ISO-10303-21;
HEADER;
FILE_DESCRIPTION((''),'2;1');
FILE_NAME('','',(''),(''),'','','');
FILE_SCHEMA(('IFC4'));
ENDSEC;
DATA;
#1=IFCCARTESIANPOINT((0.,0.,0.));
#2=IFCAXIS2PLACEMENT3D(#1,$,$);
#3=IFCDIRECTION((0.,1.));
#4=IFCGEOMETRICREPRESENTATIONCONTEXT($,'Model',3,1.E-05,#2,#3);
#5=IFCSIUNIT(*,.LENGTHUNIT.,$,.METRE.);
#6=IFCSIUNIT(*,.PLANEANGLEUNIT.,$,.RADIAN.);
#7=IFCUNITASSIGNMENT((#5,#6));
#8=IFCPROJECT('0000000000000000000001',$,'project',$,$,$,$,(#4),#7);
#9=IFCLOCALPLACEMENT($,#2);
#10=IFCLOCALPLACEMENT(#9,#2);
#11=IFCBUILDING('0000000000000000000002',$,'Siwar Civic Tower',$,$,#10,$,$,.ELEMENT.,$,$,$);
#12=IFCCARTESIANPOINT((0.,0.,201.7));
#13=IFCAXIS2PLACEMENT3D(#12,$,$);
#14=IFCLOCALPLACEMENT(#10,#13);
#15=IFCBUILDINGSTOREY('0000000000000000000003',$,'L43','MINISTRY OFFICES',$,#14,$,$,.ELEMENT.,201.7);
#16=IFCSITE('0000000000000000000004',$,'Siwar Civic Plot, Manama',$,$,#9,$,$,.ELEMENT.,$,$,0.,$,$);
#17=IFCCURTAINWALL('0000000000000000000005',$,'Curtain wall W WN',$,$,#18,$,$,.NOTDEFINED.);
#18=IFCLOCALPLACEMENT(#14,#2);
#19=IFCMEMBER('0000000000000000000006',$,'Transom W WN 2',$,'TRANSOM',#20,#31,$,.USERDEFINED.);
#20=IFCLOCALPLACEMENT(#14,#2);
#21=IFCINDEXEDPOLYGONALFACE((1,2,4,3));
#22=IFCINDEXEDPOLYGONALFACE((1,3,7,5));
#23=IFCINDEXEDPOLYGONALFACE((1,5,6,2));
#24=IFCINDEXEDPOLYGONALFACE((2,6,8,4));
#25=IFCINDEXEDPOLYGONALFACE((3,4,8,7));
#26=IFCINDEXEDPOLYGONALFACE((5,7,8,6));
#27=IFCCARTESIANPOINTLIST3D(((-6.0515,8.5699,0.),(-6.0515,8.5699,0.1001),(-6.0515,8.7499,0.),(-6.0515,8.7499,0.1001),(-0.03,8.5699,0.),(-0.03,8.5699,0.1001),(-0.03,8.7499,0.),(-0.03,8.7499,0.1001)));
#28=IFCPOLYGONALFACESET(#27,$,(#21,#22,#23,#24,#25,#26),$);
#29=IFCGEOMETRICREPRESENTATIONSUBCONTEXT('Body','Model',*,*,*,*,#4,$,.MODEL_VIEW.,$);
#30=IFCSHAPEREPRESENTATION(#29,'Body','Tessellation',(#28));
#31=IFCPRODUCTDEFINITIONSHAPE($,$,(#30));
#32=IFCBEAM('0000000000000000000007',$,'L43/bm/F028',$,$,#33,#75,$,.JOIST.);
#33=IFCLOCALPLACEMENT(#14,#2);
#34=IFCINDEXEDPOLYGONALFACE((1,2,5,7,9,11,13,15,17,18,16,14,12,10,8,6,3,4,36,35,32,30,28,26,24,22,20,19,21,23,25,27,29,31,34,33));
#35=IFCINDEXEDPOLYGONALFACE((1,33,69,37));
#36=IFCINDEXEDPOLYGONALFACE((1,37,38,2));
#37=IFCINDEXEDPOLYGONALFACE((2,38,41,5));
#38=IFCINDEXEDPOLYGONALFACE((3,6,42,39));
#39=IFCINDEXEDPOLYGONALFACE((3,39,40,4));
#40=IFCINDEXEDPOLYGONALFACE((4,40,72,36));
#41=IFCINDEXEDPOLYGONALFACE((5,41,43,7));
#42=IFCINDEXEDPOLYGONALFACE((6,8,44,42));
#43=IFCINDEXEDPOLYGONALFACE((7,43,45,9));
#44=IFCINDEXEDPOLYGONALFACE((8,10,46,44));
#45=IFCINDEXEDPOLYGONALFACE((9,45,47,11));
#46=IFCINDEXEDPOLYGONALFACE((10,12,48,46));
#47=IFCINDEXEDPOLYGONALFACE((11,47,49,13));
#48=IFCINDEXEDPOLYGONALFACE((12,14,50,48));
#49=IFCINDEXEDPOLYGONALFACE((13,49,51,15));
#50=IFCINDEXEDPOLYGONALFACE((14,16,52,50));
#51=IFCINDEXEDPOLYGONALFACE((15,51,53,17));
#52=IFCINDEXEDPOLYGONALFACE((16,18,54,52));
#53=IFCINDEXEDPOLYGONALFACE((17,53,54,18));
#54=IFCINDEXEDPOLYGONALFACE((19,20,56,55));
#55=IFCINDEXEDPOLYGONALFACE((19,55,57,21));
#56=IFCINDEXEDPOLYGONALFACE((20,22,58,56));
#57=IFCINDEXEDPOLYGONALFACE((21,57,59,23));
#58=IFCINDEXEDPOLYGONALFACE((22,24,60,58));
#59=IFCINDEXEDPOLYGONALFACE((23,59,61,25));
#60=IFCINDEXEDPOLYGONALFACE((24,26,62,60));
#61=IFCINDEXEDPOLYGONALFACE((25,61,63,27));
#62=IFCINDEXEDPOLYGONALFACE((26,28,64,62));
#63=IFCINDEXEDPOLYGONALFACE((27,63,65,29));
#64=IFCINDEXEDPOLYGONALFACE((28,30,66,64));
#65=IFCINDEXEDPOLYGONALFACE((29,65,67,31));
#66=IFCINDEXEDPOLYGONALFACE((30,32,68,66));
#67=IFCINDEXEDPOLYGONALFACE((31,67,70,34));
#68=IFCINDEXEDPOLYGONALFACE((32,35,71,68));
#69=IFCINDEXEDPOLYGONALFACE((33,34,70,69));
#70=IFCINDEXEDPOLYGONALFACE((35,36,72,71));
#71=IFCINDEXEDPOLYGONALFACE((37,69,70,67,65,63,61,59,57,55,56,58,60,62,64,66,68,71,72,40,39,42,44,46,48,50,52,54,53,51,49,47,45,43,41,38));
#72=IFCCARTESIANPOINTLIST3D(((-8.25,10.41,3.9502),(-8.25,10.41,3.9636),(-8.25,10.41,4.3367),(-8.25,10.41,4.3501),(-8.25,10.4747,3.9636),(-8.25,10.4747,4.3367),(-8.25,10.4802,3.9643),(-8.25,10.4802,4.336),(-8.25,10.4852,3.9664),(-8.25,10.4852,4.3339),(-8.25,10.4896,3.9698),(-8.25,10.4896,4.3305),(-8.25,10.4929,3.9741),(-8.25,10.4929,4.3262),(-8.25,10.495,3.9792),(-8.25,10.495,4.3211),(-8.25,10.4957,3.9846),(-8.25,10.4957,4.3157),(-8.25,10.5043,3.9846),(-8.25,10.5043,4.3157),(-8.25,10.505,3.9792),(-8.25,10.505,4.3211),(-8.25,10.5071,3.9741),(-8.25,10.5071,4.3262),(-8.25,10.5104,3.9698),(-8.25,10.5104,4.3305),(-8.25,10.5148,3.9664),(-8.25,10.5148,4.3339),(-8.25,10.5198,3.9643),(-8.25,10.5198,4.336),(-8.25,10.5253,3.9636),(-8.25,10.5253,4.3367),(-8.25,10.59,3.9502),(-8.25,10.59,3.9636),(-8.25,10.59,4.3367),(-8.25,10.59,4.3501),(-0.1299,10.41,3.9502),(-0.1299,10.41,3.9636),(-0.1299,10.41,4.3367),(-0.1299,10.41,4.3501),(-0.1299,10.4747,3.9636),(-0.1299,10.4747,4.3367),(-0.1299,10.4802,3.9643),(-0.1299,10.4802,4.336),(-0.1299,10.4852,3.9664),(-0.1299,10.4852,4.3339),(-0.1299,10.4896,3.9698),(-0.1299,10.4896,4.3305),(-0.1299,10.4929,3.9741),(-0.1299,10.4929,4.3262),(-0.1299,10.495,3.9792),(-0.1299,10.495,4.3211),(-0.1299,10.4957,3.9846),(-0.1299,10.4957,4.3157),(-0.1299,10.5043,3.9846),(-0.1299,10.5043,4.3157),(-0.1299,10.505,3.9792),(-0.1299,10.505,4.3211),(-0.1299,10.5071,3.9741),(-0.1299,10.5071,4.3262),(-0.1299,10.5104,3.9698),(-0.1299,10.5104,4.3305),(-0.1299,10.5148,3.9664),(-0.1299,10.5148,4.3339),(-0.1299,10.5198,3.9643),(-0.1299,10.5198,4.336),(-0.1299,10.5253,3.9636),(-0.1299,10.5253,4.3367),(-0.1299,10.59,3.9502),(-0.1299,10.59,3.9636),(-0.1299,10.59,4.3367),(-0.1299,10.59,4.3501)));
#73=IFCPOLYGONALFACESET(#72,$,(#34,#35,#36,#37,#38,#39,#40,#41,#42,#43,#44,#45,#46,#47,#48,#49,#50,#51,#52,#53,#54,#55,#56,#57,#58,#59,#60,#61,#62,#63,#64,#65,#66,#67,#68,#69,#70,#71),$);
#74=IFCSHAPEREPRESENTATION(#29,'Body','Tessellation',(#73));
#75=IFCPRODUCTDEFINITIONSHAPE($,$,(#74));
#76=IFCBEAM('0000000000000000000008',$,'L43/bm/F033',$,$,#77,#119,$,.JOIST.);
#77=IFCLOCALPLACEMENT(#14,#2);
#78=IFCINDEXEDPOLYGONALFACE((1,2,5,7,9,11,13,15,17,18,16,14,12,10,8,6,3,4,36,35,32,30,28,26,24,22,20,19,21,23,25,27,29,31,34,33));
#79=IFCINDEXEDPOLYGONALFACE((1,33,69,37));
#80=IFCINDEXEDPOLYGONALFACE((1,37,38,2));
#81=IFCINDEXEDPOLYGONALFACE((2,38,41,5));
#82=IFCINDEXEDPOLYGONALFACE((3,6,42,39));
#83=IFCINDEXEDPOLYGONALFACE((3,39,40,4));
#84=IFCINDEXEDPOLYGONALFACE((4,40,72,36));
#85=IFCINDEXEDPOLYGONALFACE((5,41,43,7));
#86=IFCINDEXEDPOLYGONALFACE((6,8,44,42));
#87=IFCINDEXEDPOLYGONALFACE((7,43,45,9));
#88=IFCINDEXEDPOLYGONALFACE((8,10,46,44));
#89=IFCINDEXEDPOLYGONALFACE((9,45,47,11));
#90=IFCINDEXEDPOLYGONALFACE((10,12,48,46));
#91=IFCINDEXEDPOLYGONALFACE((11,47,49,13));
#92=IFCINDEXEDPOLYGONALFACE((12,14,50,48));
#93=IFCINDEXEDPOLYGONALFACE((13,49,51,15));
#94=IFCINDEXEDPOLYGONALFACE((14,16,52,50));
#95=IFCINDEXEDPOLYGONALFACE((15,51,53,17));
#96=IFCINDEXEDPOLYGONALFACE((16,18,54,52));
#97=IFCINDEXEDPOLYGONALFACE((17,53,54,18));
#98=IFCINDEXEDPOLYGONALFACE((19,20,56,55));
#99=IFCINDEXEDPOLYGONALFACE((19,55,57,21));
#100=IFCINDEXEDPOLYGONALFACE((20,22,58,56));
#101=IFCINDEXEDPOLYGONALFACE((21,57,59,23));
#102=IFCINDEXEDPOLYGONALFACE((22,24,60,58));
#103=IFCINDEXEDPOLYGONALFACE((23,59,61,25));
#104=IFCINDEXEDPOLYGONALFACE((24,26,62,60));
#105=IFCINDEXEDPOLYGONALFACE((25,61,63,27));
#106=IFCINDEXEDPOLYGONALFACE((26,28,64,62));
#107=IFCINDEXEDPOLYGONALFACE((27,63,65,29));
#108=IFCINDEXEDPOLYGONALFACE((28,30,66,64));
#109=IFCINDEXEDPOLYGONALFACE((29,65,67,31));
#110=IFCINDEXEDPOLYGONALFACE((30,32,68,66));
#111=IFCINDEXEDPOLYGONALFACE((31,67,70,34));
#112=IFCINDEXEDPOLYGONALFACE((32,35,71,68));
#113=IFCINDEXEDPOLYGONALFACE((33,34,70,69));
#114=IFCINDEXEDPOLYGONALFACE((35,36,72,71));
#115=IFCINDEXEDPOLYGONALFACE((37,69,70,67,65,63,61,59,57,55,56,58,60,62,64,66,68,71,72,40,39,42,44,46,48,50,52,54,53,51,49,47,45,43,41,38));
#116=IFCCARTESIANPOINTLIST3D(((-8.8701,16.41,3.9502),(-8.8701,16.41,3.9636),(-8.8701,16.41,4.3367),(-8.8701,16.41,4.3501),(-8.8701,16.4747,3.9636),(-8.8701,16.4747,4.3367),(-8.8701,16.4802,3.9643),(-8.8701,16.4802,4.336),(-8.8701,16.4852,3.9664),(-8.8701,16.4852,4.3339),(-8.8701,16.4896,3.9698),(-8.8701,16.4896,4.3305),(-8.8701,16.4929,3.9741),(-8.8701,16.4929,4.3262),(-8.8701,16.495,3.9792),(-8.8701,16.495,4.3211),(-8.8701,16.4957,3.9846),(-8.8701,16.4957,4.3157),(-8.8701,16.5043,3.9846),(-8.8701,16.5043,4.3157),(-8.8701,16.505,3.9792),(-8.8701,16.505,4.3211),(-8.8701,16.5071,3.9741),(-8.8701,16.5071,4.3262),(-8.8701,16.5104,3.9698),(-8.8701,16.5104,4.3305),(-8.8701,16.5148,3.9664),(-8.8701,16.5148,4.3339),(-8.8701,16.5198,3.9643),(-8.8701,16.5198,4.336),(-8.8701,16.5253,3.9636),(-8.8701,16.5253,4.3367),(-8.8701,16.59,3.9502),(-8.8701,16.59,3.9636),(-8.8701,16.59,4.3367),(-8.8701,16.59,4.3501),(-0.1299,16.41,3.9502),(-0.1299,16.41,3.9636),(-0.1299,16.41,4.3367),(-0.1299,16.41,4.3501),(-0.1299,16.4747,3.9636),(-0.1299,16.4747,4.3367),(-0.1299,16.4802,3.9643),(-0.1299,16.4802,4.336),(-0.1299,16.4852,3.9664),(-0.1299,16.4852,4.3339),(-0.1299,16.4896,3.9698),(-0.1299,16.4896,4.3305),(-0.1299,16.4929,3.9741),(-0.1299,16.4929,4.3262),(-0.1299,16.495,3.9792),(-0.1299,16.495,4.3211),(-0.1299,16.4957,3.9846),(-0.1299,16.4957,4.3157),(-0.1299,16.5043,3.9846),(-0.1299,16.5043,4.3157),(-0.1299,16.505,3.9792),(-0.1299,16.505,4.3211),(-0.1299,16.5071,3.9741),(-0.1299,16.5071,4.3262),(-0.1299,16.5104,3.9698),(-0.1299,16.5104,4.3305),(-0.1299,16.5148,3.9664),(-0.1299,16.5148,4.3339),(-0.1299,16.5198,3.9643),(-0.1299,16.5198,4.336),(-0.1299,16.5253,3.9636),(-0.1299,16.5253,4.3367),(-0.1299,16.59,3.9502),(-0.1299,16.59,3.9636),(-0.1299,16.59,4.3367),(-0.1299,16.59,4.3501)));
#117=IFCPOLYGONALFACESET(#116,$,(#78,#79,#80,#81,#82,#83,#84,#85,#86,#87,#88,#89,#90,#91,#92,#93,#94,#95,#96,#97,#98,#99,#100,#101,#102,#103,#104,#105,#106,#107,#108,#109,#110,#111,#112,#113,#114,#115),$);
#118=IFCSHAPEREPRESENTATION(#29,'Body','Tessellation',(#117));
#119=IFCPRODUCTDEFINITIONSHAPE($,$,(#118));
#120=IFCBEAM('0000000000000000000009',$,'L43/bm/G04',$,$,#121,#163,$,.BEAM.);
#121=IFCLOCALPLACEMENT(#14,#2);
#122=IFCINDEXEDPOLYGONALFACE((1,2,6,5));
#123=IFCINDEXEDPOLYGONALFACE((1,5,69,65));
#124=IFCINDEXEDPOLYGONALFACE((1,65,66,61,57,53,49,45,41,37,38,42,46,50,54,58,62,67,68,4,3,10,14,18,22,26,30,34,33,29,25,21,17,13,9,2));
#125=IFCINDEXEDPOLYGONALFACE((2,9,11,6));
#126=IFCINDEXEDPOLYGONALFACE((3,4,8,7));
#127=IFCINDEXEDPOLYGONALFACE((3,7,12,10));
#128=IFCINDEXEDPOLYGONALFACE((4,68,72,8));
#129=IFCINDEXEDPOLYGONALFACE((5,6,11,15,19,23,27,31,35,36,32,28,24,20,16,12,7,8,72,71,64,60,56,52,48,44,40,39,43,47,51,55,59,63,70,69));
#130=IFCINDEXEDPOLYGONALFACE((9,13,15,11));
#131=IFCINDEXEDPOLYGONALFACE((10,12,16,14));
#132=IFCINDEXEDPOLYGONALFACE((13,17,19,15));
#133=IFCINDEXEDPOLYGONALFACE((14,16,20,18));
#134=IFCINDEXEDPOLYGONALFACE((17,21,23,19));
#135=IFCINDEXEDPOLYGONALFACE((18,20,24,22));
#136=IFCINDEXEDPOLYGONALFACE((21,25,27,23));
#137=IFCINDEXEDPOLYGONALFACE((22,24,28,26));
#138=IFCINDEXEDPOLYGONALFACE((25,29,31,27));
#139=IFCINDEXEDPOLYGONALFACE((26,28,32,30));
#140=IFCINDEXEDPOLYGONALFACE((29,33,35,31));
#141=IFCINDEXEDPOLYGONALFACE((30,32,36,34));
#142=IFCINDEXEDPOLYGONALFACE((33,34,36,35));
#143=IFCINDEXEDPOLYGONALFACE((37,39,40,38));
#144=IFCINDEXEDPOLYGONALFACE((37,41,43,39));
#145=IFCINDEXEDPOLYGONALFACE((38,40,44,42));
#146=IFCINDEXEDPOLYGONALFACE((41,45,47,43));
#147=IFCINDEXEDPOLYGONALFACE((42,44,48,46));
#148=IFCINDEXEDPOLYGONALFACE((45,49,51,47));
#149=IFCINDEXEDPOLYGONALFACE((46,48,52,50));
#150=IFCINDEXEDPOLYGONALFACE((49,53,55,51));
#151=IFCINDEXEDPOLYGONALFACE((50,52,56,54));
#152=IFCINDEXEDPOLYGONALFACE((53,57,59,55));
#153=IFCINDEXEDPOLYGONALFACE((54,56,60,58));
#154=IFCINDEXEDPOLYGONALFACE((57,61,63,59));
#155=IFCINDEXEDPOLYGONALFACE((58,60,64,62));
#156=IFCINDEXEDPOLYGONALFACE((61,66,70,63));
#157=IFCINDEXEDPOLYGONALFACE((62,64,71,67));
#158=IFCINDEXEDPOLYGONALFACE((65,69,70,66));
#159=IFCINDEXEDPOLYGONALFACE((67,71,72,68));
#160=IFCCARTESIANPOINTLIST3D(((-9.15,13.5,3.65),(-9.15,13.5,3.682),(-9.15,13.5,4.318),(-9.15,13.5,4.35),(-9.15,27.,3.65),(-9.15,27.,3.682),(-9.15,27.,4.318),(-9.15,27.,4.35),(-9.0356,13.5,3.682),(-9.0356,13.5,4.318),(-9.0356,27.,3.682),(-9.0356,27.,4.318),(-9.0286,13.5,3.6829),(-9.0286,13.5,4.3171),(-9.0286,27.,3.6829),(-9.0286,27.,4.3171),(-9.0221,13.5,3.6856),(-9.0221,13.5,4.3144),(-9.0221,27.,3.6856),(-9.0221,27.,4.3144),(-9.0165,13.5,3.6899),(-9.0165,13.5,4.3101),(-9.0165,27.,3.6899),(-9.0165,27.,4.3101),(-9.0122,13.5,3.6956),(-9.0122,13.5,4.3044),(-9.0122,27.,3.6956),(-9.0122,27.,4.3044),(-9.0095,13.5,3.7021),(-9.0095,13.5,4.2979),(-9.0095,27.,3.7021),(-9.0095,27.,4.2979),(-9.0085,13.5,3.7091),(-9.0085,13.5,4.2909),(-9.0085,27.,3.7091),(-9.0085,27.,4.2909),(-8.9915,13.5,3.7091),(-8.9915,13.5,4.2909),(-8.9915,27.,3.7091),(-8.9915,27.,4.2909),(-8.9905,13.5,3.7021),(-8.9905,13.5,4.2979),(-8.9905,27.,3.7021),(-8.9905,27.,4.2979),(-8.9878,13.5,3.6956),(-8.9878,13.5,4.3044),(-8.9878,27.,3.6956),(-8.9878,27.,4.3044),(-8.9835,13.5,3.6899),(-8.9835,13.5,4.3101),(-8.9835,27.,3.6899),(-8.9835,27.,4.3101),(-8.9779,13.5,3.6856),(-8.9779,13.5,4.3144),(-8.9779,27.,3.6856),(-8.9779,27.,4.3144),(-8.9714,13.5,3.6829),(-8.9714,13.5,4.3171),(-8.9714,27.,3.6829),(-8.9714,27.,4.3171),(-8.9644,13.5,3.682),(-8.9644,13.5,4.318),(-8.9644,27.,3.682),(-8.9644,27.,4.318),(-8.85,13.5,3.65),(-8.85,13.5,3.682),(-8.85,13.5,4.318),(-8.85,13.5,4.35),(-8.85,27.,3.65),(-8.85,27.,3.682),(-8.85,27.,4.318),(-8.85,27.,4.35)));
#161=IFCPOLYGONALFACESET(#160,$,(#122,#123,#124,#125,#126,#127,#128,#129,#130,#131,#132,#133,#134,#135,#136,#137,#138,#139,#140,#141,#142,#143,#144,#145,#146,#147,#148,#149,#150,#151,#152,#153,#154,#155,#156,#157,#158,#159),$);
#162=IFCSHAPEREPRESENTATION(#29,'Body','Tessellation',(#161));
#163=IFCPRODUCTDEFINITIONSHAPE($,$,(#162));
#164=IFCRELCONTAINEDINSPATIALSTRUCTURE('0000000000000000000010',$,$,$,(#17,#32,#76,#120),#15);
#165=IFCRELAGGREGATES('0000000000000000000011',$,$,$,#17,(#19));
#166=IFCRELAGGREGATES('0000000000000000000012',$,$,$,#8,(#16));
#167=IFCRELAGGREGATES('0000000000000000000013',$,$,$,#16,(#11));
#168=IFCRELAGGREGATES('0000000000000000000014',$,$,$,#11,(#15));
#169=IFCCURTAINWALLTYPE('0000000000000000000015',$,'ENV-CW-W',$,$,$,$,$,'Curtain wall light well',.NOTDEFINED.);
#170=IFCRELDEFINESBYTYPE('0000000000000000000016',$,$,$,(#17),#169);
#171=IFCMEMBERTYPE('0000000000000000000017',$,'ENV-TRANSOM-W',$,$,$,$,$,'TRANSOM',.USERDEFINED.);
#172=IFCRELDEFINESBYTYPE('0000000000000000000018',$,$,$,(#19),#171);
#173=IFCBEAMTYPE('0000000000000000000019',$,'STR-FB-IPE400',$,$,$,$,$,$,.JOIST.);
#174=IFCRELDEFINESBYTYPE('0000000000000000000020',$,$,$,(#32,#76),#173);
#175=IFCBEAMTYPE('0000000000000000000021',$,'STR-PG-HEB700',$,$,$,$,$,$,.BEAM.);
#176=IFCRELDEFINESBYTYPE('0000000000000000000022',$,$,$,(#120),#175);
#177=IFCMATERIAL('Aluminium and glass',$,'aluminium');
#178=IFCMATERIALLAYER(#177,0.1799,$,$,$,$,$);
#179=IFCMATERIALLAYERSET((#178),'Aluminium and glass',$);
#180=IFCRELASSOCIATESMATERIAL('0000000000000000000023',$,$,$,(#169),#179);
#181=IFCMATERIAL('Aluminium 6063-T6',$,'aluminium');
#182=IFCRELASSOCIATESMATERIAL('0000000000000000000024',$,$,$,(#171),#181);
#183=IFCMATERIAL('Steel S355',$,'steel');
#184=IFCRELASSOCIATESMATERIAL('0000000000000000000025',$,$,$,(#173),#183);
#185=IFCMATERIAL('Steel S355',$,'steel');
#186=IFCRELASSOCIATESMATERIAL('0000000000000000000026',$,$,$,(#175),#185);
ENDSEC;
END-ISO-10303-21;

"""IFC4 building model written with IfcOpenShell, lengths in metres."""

from ifc_helpers import new_model, si_unit, direction, frame, origin, origin_2d, place, context, subcontext, project, spatial, rectangle, i_section, extrude, material, layer, layer_set, material_profile, profile_set, type_object, element, aggregate, save


model = new_model("IFC4")

# Units and contexts
model_context = context("Model", 3, precision=1e-05, world=origin(), true_north=direction((0.0, 1.0)))
body_context = subcontext(model_context, "Body", "Model", "MODEL_VIEW")
ifc_project = project(units=[si_unit("LENGTHUNIT", "METRE"), si_unit("PLANEANGLEUNIT", "RADIAN")], contexts=[model_context])

# Site, building, storey
site_placement = place(None, origin())
site = spatial("IfcSite", under=ifc_project, at=site_placement, Name="Siwar Civic Plot, Manama", CompositionType="ELEMENT", RefElevation=0.0)
building_placement = place(site_placement, origin())
building = spatial("IfcBuilding", under=site, at=building_placement, Name="Siwar Civic Tower", CompositionType="ELEMENT")
storey_placement = place(building_placement, frame((0.0, 0.0, 201.7)))
storey = spatial("IfcBuildingStorey", under=building, at=storey_placement, Name="L43", Description="MINISTRY OFFICES", CompositionType="ELEMENT", Elevation=201.7)

# Curtain wall, member
ifc_material_1 = material(Name="Aluminium and glass", Category="aluminium")
ifc_layer_1 = layer(ifc_material_1, 0.1799)
ifc_layer_set_1 = layer_set([ifc_layer_1], Name="Aluminium and glass")
curtain_wall_type = type_object("IfcCurtainWallType", Name="ENV-CW-W", ElementType="Curtain wall light well", PredefinedType="NOTDEFINED", material=ifc_layer_set_1)
curtain_wall_placement = place(storey_placement, origin())
curtain_wall = element("IfcCurtainWall", 1, at=curtain_wall_placement, inside=storey, type_object=curtain_wall_type, Name="Curtain wall W WN", PredefinedType="NOTDEFINED")
ifc_material_2 = material(Name="Aluminium 6063-T6", Category="aluminium")
ifc_material_profile_1 = material_profile(ifc_material_2, rectangle(XDim=0.1799, YDim=0.1001, at=origin_2d()), Name="AL 180x100")
ifc_profile_set_1 = profile_set([ifc_material_profile_1], Name="Aluminium 6063-T6")
member_type = type_object("IfcMemberType", Name="ENV-TRANSOM-W", ElementType="TRANSOM", PredefinedType="USERDEFINED", material=ifc_profile_set_1)
member_placement = place(storey_placement, frame((-0.03, 8.6599, 0.05), z_axis=(-1.0, 0.0, 0.0), x_axis=(0.0, -1.0, 0.0)))
member = element("IfcMember", 2, at=member_placement, type_object=member_type, Name="Transom W WN 2", ObjectType="TRANSOM", PredefinedType="USERDEFINED", context=body_context, shape_type="SweptSolid", body=[
    extrude(rectangle(XDim=0.1799, YDim=0.1001, at=origin_2d()), origin(), (0.0, 0.0, 1.0), 6.0215),
])
aggregate(curtain_wall, [member])

# Beams
ifc_material_3 = material(Name="Steel S355", Category="steel")
ifc_material_profile_2 = material_profile(ifc_material_3, i_section(OverallWidth=0.1799, OverallDepth=0.3999, WebThickness=0.0085, FlangeThickness=0.0134, FilletRadius=0.021, at=origin_2d()), Name="IPE400")
ifc_profile_set_2 = profile_set([ifc_material_profile_2], Name="Steel S355")
beam_type_1 = type_object("IfcBeamType", Name="STR-FB-IPE400", PredefinedType="JOIST", material=ifc_profile_set_2)
beam_1_placement = place(storey_placement, frame((-8.25, 10.5, 4.1501), z_axis=(1.0, 0.0, 0.0), x_axis=(0.0, 1.0, 0.0)))
element("IfcBeam", 3, at=beam_1_placement, inside=storey, type_object=beam_type_1, Name="L43/bm/F028", PredefinedType="JOIST", context=body_context, shape_type="SweptSolid", body=[
    extrude(i_section(OverallWidth=0.1799, OverallDepth=0.3999, WebThickness=0.0085, FlangeThickness=0.0134, FilletRadius=0.021, at=origin_2d()), origin(), (0.0, 0.0, 1.0), 8.1201),
])
beam_2_placement = place(storey_placement, frame((-8.8701, 16.5, 4.1501), z_axis=(1.0, 0.0, 0.0), x_axis=(0.0, 1.0, 0.0)))
element("IfcBeam", 4, at=beam_2_placement, inside=storey, type_object=beam_type_1, Name="L43/bm/F033", PredefinedType="JOIST", context=body_context, shape_type="SweptSolid", body=[
    extrude(i_section(OverallWidth=0.1799, OverallDepth=0.3999, WebThickness=0.0085, FlangeThickness=0.0134, FilletRadius=0.021, at=origin_2d()), origin(), (0.0, 0.0, 1.0), 8.7402),
])
ifc_material_4 = material(Name="Steel S355", Category="steel")
ifc_material_profile_3 = material_profile(ifc_material_4, i_section(OverallWidth=0.3, OverallDepth=0.7, WebThickness=0.0171, FlangeThickness=0.032, FilletRadius=0.0271, at=origin_2d()), Name="HEB700")
ifc_profile_set_3 = profile_set([ifc_material_profile_3], Name="Steel S355")
beam_type_2 = type_object("IfcBeamType", Name="STR-PG-HEB700", PredefinedType="BEAM", material=ifc_profile_set_3)
beam_3_placement = place(storey_placement, frame((-9.0, 13.5, 4.0), z_axis=(0.0, 1.0, 0.0), x_axis=(-1.0, 0.0, 0.0)))
element("IfcBeam", 5, at=beam_3_placement, inside=storey, type_object=beam_type_2, Name="L43/bm/G04", PredefinedType="BEAM", context=body_context, shape_type="SweptSolid", body=[
    extrude(i_section(OverallWidth=0.3, OverallDepth=0.7, WebThickness=0.0171, FlangeThickness=0.032, FilletRadius=0.0271, at=origin_2d()), origin(), (0.0, 0.0, 1.0), 13.5),
])

save(model, "model.ifc")
